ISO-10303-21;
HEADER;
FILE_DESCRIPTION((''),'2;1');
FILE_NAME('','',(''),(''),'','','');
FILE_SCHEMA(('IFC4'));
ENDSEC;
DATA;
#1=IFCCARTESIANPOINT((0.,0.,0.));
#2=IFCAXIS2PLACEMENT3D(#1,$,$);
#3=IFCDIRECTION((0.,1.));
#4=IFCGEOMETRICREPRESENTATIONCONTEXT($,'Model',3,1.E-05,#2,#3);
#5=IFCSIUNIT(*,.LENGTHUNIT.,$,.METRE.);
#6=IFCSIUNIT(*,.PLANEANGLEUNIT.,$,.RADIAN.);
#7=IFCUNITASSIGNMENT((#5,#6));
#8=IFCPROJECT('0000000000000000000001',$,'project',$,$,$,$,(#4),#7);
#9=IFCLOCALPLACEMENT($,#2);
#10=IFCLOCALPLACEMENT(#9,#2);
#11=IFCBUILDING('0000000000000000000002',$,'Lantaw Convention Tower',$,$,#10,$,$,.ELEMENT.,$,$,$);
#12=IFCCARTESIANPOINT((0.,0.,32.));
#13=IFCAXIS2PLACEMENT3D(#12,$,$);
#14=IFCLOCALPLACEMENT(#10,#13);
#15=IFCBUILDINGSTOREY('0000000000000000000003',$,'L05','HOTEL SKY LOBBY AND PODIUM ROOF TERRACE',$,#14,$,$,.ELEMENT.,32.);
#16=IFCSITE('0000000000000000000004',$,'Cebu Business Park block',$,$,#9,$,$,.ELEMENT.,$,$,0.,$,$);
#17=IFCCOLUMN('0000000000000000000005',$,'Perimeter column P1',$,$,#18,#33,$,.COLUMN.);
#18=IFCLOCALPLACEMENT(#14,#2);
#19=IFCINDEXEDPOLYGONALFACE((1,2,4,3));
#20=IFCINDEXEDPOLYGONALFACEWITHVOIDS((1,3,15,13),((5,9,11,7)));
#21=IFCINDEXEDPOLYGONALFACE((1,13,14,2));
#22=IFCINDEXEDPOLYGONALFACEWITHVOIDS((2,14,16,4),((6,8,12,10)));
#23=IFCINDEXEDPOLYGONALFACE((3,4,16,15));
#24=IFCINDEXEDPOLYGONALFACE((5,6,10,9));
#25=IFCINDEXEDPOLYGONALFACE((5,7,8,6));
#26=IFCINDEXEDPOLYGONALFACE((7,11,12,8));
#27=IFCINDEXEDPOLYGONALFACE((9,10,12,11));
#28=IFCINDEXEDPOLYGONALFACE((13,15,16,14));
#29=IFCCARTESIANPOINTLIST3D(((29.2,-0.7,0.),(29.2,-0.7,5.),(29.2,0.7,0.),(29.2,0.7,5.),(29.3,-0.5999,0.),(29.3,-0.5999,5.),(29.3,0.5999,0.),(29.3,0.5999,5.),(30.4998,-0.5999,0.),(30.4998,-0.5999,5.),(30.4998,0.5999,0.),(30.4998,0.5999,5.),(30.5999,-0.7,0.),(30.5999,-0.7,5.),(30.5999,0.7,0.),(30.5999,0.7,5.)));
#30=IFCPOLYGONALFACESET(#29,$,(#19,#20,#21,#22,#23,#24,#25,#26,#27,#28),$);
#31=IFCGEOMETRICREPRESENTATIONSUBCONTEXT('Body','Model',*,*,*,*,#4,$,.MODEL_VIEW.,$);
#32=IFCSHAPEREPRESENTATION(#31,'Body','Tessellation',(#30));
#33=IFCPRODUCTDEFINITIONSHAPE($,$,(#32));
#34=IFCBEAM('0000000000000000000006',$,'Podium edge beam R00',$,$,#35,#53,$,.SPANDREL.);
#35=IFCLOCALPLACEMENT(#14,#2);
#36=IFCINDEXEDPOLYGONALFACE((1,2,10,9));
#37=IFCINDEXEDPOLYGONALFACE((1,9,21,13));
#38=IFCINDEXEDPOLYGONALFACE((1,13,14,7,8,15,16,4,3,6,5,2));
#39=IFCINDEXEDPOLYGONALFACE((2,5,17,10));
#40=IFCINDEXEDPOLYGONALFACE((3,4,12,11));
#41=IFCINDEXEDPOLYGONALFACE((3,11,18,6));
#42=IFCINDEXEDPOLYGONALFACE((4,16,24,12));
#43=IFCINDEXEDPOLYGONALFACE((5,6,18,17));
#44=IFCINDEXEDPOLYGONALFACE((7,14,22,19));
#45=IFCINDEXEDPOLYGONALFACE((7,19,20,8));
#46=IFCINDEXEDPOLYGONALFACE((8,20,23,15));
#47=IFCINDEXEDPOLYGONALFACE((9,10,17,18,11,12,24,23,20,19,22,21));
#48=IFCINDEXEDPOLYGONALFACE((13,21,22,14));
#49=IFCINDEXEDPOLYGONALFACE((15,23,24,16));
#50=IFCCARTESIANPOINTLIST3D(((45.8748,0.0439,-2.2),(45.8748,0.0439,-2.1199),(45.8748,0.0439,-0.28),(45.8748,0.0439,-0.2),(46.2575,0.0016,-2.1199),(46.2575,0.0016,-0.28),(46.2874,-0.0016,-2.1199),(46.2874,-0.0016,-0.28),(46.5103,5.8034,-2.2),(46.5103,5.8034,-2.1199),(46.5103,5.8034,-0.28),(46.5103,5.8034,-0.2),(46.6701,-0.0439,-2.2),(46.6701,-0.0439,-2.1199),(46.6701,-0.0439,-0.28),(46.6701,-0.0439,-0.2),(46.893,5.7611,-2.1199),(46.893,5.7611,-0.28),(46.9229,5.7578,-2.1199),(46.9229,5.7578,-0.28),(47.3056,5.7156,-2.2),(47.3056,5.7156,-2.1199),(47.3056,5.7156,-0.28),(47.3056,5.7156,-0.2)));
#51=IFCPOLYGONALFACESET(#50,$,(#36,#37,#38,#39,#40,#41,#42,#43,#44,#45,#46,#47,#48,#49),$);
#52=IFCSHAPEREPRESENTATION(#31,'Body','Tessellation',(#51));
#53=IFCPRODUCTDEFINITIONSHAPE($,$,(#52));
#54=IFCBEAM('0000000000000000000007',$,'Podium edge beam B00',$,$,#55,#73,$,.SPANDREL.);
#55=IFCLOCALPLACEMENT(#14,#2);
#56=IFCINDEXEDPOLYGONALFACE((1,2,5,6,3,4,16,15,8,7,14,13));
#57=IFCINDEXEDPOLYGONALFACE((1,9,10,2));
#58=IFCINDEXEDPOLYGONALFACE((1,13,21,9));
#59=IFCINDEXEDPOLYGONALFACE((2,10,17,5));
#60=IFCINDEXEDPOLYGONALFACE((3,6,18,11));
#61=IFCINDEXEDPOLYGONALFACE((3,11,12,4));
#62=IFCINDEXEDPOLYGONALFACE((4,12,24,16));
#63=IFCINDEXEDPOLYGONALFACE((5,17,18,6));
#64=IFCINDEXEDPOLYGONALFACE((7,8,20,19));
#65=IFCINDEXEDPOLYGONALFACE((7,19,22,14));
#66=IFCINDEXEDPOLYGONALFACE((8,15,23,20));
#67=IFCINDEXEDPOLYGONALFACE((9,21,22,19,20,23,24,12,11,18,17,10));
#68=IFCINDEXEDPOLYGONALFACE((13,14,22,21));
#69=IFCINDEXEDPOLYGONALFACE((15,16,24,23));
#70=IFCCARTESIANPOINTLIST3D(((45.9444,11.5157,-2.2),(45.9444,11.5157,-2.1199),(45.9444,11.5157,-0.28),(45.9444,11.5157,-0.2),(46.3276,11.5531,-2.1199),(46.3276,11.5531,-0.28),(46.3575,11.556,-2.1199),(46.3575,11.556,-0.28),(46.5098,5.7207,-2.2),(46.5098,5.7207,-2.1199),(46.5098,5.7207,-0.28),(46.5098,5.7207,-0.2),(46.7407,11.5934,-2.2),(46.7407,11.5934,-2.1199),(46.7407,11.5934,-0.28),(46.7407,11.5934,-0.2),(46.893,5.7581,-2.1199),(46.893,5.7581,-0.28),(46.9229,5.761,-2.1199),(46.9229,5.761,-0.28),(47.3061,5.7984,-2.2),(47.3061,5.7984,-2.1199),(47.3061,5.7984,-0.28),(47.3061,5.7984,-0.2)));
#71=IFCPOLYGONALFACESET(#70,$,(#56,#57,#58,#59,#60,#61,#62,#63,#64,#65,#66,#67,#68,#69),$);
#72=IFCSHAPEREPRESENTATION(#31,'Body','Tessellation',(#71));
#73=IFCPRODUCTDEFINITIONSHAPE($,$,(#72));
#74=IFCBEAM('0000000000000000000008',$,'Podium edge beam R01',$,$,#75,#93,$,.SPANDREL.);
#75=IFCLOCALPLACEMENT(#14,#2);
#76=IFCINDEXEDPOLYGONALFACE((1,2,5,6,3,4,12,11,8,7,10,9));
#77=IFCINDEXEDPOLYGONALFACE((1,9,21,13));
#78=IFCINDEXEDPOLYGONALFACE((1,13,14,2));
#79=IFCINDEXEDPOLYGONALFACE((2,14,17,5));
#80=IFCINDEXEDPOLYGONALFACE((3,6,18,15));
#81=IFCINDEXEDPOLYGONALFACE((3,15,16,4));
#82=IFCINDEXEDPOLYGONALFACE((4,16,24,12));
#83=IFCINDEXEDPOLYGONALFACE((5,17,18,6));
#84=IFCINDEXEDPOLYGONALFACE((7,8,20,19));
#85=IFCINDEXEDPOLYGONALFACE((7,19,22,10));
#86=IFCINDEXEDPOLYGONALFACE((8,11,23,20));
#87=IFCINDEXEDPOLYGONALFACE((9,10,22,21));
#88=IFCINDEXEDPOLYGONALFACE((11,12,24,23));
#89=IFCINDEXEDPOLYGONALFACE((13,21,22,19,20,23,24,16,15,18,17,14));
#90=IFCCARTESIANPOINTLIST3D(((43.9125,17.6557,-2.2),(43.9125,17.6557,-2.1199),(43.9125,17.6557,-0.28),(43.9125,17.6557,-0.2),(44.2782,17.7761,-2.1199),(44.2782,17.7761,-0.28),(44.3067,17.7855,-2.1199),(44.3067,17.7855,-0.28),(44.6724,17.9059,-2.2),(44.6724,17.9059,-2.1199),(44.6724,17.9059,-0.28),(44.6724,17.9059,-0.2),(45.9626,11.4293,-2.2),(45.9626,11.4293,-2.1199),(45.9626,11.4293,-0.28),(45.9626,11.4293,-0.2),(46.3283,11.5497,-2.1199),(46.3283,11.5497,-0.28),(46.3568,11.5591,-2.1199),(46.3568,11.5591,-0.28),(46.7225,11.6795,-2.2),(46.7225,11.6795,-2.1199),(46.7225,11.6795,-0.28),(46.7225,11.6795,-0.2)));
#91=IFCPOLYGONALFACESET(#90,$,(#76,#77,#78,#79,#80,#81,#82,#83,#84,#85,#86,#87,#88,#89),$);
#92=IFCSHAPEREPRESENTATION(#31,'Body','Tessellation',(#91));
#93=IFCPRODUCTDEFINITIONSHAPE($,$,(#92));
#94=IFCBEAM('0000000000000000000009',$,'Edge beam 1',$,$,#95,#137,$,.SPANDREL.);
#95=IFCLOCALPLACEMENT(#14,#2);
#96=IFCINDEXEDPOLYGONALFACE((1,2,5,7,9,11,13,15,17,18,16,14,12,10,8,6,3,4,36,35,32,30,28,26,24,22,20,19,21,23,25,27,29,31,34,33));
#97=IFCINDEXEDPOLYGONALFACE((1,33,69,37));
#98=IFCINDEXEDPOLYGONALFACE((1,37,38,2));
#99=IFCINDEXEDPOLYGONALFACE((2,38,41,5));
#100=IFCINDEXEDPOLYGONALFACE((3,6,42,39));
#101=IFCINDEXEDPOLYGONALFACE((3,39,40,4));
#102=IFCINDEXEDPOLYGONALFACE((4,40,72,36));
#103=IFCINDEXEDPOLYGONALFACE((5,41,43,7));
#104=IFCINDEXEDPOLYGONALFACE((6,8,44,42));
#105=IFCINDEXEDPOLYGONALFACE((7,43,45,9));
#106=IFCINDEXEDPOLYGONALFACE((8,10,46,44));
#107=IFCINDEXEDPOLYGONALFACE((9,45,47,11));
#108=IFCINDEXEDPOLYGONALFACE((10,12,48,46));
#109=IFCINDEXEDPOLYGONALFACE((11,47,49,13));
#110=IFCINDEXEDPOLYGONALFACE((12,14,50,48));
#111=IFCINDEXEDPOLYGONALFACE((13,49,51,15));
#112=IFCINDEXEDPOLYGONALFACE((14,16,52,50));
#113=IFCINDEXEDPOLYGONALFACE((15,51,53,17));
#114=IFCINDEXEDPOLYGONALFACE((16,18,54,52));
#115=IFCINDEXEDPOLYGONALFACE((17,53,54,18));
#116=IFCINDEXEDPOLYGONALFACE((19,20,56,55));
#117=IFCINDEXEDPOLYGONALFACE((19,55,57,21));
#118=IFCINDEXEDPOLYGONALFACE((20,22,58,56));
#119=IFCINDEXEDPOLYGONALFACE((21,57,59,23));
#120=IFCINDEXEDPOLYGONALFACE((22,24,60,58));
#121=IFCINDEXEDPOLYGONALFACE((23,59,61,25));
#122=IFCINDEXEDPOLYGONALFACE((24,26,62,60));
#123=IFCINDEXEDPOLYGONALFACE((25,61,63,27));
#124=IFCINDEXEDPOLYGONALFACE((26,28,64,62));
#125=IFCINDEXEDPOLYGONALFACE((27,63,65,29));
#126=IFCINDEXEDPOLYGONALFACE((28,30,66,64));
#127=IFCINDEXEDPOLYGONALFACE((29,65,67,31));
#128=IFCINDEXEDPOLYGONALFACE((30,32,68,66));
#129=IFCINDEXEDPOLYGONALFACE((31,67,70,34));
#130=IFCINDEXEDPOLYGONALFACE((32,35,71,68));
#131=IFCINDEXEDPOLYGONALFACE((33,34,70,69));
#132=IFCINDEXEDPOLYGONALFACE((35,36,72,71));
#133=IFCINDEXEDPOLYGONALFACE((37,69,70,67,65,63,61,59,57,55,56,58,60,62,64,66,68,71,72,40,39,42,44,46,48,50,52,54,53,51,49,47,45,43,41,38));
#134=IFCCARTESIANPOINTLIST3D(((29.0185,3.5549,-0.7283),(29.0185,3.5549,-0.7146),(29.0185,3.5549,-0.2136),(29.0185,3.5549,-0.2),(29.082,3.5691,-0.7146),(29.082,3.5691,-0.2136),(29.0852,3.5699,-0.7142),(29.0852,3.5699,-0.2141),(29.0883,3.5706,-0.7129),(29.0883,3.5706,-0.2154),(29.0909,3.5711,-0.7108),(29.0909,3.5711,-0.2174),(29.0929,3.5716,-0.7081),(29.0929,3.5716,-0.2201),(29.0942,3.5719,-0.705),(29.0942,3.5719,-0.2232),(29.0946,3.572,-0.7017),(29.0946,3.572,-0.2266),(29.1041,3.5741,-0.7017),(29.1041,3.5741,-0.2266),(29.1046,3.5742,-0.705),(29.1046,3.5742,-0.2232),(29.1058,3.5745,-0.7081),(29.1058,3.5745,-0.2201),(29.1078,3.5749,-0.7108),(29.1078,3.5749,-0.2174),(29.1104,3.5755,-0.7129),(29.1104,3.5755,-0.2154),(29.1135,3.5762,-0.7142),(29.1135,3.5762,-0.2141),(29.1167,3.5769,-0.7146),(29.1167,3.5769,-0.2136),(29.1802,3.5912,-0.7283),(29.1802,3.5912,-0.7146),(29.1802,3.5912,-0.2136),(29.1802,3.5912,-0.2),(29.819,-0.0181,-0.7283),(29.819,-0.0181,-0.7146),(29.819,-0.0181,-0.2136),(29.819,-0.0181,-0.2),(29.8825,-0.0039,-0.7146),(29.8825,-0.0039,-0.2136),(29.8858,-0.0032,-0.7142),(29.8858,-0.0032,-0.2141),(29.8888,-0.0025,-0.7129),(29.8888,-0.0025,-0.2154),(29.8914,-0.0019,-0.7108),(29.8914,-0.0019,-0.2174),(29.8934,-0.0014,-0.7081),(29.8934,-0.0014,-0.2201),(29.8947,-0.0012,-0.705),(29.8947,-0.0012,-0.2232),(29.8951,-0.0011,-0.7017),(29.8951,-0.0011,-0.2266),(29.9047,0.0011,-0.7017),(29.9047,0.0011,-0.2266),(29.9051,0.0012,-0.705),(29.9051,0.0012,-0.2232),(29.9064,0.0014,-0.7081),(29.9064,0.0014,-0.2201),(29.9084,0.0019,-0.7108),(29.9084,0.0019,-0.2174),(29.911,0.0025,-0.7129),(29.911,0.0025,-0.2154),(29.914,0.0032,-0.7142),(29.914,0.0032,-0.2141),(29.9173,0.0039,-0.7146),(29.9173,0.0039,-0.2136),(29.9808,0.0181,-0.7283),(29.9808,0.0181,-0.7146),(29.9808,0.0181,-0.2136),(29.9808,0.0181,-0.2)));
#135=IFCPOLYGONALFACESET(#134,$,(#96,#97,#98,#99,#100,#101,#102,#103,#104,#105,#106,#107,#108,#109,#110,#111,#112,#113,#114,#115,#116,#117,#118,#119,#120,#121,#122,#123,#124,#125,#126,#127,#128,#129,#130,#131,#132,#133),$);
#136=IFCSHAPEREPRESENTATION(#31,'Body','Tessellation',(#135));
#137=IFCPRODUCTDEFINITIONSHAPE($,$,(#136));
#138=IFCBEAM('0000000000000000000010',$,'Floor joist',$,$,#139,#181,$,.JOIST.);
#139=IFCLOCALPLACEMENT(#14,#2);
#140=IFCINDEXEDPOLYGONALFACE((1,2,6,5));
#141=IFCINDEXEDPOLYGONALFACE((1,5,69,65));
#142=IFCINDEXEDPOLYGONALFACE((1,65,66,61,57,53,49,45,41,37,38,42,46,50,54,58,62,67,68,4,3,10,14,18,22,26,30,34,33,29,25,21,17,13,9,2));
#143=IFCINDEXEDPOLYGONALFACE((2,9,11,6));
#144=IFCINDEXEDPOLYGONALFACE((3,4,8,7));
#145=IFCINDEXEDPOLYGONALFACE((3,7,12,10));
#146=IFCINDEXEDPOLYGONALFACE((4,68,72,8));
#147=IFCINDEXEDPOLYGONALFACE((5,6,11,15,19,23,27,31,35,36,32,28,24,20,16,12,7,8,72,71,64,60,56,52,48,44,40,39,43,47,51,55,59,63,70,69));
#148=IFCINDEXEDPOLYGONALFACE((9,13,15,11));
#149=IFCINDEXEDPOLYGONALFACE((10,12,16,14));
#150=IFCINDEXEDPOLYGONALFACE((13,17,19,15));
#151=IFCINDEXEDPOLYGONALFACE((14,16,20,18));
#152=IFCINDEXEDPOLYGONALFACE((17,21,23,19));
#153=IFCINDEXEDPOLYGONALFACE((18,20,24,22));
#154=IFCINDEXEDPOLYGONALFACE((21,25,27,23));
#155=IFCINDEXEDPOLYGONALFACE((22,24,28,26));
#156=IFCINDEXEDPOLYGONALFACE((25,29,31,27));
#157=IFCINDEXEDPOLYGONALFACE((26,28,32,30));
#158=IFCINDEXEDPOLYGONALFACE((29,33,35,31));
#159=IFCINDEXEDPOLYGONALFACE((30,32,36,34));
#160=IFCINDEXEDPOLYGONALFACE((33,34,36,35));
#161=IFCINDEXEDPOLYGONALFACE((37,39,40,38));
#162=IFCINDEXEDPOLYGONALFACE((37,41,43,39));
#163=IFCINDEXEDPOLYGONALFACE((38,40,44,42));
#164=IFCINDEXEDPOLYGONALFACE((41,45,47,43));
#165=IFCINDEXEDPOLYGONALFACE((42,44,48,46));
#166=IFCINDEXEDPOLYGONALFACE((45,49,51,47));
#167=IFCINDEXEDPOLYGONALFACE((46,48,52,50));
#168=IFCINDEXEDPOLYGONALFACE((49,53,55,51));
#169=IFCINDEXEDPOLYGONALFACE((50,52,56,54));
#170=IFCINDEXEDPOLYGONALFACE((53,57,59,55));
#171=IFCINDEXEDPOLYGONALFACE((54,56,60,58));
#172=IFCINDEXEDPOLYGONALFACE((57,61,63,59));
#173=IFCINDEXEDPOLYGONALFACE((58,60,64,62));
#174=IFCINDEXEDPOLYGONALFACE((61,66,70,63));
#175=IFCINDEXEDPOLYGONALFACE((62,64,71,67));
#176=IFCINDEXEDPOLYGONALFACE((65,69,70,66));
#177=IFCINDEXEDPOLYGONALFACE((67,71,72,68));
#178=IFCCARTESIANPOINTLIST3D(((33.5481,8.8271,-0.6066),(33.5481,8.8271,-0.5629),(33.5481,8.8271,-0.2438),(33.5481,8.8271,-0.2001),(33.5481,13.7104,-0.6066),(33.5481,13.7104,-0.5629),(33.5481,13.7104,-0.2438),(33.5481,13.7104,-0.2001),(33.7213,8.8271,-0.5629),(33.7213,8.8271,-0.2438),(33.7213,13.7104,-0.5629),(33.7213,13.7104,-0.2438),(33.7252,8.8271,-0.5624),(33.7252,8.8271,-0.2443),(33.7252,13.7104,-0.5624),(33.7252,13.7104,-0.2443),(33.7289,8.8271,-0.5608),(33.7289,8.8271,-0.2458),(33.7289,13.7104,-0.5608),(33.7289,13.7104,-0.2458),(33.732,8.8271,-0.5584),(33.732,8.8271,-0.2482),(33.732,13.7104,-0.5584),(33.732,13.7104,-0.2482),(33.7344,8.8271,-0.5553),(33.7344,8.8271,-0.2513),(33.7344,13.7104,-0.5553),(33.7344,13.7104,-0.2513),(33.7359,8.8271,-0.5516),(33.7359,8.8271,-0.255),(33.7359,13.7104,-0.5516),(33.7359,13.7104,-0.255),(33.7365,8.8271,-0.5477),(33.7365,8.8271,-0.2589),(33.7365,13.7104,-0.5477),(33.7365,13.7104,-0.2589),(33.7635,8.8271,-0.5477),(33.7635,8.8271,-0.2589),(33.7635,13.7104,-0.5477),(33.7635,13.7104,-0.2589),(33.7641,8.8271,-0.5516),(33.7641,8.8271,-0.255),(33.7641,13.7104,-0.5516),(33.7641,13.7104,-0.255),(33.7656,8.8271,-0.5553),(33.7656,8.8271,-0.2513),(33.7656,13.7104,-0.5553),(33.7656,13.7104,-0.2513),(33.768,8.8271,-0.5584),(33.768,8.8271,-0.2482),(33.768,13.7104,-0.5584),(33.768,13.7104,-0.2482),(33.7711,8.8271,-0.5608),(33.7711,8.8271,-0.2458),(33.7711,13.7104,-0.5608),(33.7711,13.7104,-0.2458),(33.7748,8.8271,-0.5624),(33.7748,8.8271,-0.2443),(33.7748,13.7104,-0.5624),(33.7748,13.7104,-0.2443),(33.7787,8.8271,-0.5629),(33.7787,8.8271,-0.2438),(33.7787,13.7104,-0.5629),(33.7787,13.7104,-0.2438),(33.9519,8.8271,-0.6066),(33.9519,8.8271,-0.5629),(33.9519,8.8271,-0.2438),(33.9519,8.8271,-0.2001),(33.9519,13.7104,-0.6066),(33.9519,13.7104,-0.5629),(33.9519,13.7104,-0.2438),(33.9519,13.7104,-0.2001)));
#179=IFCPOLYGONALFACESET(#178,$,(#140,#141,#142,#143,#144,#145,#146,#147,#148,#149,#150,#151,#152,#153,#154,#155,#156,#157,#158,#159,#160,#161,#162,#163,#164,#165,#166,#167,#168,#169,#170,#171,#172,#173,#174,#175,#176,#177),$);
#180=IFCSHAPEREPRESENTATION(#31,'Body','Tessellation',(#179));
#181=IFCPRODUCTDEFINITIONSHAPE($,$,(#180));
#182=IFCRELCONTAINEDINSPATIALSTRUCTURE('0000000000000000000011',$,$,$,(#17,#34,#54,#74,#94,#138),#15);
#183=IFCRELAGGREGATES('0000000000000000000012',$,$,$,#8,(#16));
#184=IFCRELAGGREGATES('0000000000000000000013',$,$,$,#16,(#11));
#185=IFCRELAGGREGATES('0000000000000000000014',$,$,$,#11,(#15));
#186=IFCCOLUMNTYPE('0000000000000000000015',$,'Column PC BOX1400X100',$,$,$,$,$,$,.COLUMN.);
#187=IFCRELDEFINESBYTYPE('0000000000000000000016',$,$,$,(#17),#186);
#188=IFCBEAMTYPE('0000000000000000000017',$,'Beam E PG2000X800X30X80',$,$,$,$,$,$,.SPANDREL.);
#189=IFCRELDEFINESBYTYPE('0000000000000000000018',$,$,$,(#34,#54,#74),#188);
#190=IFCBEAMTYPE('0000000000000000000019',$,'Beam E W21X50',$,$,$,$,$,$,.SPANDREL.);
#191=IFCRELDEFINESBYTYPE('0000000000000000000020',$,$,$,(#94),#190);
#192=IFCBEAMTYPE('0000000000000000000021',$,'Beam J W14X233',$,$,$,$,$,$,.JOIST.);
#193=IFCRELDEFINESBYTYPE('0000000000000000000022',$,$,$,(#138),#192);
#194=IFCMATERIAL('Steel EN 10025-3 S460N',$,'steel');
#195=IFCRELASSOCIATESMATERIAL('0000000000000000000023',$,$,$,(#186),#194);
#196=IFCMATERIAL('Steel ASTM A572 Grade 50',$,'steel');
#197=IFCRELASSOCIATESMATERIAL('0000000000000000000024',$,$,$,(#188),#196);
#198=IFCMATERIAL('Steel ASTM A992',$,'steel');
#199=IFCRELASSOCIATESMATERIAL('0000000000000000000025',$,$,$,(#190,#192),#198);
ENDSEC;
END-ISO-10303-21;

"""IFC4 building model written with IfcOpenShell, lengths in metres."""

from ifc_helpers import new_model, si_unit, direction, frame, origin, origin_2d, place, context, subcontext, project, spatial, rectangle, hollow_rectangle, i_section, extrude, material, material_profile, profile_set, type_object, element, save


model = new_model("IFC4")

# Units and contexts
model_context = context("Model", 3, precision=1e-05, world=origin(), true_north=direction((0.0, 1.0)))
body_context = subcontext(model_context, "Body", "Model", "MODEL_VIEW")
ifc_project = project(units=[si_unit("LENGTHUNIT", "METRE"), si_unit("PLANEANGLEUNIT", "RADIAN")], contexts=[model_context])

# Site, building, storey
site_placement = place(None, origin())
site = spatial("IfcSite", under=ifc_project, at=site_placement, Name="Cebu Business Park block", CompositionType="ELEMENT", RefElevation=0.0)
building_placement = place(site_placement, origin())
building = spatial("IfcBuilding", under=site, at=building_placement, Name="Lantaw Convention Tower", CompositionType="ELEMENT")
storey_placement = place(building_placement, frame((0.0, 0.0, 32.0)))
storey = spatial("IfcBuildingStorey", under=building, at=storey_placement, Name="L05", Description="HOTEL SKY LOBBY AND PODIUM ROOF TERRACE", CompositionType="ELEMENT", Elevation=32.0)

# Column
ifc_material_1 = material(Name="Steel EN 10025-3 S460N", Category="steel")
ifc_material_profile_1 = material_profile(ifc_material_1, hollow_rectangle(XDim=1.3999, YDim=1.3999, WallThickness=0.1001, at=origin_2d()), Name="BOX1400X100")
ifc_material_2 = material(Name="Concrete C60/75", Category="concrete")
ifc_material_profile_2 = material_profile(ifc_material_2, rectangle(XDim=1.2, YDim=1.2, at=origin_2d()), Name="Concrete fill of BOX1400X100")
ifc_profile_set_1 = profile_set([ifc_material_profile_1, ifc_material_profile_2], Name="Steel EN 10025-3 S460N")
column_type = type_object("IfcColumnType", Name="Column PC BOX1400X100", PredefinedType="COLUMN", material=ifc_profile_set_1)
column_placement = place(storey_placement, frame((29.8999, 0.0, 0.0), z_axis=(0.0, 0.0, 1.0), x_axis=(1.0, 0.0, 0.0)))
element("IfcColumn", 1, at=column_placement, inside=storey, type_object=column_type, Name="Perimeter column P1", PredefinedType="COLUMN", context=body_context, shape_type="SweptSolid", body=[
    extrude(hollow_rectangle(XDim=1.3999, YDim=1.3999, WallThickness=0.1001, at=origin_2d()), origin(), (0.0, 0.0, 1.0), 5.0),
])

# Beams
ifc_material_3 = material(Name="Steel ASTM A572 Grade 50", Category="steel")
ifc_material_profile_3 = material_profile(ifc_material_3, i_section(OverallWidth=0.8, OverallDepth=2.0, WebThickness=0.03, FlangeThickness=0.0801, at=origin_2d()), Name="PG2000X800X30X80")
ifc_profile_set_2 = profile_set([ifc_material_profile_3], Name="Steel ASTM A572 Grade 50")
beam_type_1 = type_object("IfcBeamType", Name="Beam E PG2000X800X30X80", PredefinedType="SPANDREL", material=ifc_profile_set_2)
beam_1_placement = place(storey_placement, frame((46.2725, 0.0, -1.2), z_axis=(0.109673, 0.993968, 0.0), x_axis=(-0.993968, 0.109673, 0.0)))
element("IfcBeam", 2, at=beam_1_placement, inside=storey, type_object=beam_type_1, Name="Podium edge beam R00", PredefinedType="SPANDREL", context=body_context, shape_type="SweptSolid", body=[
    extrude(i_section(OverallWidth=0.8, OverallDepth=2.0, WebThickness=0.03, FlangeThickness=0.0801, at=origin_2d()), origin(), (0.0, 0.0, 1.0), 5.7944),
])
beam_2_placement = place(storey_placement, frame((46.908, 5.7595, -1.2), z_axis=(-0.097112, 0.995273, 0.0), x_axis=(-0.995273, -0.097112, 0.0)))
element("IfcBeam", 3, at=beam_2_placement, inside=storey, type_object=beam_type_1, Name="Podium edge beam B00", PredefinedType="SPANDREL", context=body_context, shape_type="SweptSolid", body=[
    extrude(i_section(OverallWidth=0.8, OverallDepth=2.0, WebThickness=0.03, FlangeThickness=0.0801, at=origin_2d()), origin(), (0.0, 0.0, 1.0), 5.8225),
])
beam_3_placement = place(storey_placement, frame((46.3425, 11.5544, -1.2), z_axis=(-0.31274, 0.949839, 0.0), x_axis=(-0.949839, -0.31274, 0.0)))
element("IfcBeam", 4, at=beam_3_placement, inside=storey, type_object=beam_type_1, Name="Podium edge beam R01", PredefinedType="SPANDREL", context=body_context, shape_type="SweptSolid", body=[
    extrude(i_section(OverallWidth=0.8, OverallDepth=2.0, WebThickness=0.03, FlangeThickness=0.0801, at=origin_2d()), origin(), (0.0, 0.0, 1.0), 6.5552),
])
ifc_material_4 = material(Name="Steel ASTM A992", Category="steel")
ifc_material_profile_4 = material_profile(ifc_material_4, i_section(OverallWidth=0.1658, OverallDepth=0.5283, WebThickness=0.0098, FlangeThickness=0.0137, FilletRadius=0.0129, at=origin_2d()), Name="W21X50")
ifc_profile_set_3 = profile_set([ifc_material_profile_4], Name="Steel ASTM A992")
beam_type_2 = type_object("IfcBeamType", Name="Beam E W21X50", PredefinedType="SPANDREL", material=ifc_profile_set_3)
beam_4_placement = place(storey_placement, frame((29.8999, 0.0, -0.4641), z_axis=(-0.218632, 0.975807, 0.0), x_axis=(-0.975807, -0.218632, 0.0)))
element("IfcBeam", 5, at=beam_4_placement, inside=storey, type_object=beam_type_2, Name="Edge beam 1", PredefinedType="SPANDREL", context=body_context, shape_type="SweptSolid", body=[
    extrude(i_section(OverallWidth=0.1658, OverallDepth=0.5283, WebThickness=0.0098, FlangeThickness=0.0137, FilletRadius=0.0129, at=origin_2d()), origin(), (0.0, 0.0, 1.0), 3.6616),
])
ifc_material_profile_5 = material_profile(ifc_material_4, i_section(OverallWidth=0.4038, OverallDepth=0.4065, WebThickness=0.0271, FlangeThickness=0.0437, FilletRadius=0.0151, at=origin_2d()), Name="W14X233")
ifc_profile_set_4 = profile_set([ifc_material_profile_5], Name="Steel ASTM A992")
beam_type_3 = type_object("IfcBeamType", Name="Beam J W14X233", PredefinedType="JOIST", material=ifc_profile_set_4)
beam_5_placement = place(storey_placement, frame((33.75, 8.8271, -0.4033), z_axis=(0.0, 1.0, 0.0), x_axis=(-1.0, 0.0, 0.0)))
element("IfcBeam", 6, at=beam_5_placement, inside=storey, type_object=beam_type_3, Name="Floor joist", PredefinedType="JOIST", context=body_context, shape_type="SweptSolid", body=[
    extrude(i_section(OverallWidth=0.4038, OverallDepth=0.4065, WebThickness=0.0271, FlangeThickness=0.0437, FilletRadius=0.0151, at=origin_2d()), origin(), (0.0, 0.0, 1.0), 4.8833),
])

save(model, "model.ifc")
